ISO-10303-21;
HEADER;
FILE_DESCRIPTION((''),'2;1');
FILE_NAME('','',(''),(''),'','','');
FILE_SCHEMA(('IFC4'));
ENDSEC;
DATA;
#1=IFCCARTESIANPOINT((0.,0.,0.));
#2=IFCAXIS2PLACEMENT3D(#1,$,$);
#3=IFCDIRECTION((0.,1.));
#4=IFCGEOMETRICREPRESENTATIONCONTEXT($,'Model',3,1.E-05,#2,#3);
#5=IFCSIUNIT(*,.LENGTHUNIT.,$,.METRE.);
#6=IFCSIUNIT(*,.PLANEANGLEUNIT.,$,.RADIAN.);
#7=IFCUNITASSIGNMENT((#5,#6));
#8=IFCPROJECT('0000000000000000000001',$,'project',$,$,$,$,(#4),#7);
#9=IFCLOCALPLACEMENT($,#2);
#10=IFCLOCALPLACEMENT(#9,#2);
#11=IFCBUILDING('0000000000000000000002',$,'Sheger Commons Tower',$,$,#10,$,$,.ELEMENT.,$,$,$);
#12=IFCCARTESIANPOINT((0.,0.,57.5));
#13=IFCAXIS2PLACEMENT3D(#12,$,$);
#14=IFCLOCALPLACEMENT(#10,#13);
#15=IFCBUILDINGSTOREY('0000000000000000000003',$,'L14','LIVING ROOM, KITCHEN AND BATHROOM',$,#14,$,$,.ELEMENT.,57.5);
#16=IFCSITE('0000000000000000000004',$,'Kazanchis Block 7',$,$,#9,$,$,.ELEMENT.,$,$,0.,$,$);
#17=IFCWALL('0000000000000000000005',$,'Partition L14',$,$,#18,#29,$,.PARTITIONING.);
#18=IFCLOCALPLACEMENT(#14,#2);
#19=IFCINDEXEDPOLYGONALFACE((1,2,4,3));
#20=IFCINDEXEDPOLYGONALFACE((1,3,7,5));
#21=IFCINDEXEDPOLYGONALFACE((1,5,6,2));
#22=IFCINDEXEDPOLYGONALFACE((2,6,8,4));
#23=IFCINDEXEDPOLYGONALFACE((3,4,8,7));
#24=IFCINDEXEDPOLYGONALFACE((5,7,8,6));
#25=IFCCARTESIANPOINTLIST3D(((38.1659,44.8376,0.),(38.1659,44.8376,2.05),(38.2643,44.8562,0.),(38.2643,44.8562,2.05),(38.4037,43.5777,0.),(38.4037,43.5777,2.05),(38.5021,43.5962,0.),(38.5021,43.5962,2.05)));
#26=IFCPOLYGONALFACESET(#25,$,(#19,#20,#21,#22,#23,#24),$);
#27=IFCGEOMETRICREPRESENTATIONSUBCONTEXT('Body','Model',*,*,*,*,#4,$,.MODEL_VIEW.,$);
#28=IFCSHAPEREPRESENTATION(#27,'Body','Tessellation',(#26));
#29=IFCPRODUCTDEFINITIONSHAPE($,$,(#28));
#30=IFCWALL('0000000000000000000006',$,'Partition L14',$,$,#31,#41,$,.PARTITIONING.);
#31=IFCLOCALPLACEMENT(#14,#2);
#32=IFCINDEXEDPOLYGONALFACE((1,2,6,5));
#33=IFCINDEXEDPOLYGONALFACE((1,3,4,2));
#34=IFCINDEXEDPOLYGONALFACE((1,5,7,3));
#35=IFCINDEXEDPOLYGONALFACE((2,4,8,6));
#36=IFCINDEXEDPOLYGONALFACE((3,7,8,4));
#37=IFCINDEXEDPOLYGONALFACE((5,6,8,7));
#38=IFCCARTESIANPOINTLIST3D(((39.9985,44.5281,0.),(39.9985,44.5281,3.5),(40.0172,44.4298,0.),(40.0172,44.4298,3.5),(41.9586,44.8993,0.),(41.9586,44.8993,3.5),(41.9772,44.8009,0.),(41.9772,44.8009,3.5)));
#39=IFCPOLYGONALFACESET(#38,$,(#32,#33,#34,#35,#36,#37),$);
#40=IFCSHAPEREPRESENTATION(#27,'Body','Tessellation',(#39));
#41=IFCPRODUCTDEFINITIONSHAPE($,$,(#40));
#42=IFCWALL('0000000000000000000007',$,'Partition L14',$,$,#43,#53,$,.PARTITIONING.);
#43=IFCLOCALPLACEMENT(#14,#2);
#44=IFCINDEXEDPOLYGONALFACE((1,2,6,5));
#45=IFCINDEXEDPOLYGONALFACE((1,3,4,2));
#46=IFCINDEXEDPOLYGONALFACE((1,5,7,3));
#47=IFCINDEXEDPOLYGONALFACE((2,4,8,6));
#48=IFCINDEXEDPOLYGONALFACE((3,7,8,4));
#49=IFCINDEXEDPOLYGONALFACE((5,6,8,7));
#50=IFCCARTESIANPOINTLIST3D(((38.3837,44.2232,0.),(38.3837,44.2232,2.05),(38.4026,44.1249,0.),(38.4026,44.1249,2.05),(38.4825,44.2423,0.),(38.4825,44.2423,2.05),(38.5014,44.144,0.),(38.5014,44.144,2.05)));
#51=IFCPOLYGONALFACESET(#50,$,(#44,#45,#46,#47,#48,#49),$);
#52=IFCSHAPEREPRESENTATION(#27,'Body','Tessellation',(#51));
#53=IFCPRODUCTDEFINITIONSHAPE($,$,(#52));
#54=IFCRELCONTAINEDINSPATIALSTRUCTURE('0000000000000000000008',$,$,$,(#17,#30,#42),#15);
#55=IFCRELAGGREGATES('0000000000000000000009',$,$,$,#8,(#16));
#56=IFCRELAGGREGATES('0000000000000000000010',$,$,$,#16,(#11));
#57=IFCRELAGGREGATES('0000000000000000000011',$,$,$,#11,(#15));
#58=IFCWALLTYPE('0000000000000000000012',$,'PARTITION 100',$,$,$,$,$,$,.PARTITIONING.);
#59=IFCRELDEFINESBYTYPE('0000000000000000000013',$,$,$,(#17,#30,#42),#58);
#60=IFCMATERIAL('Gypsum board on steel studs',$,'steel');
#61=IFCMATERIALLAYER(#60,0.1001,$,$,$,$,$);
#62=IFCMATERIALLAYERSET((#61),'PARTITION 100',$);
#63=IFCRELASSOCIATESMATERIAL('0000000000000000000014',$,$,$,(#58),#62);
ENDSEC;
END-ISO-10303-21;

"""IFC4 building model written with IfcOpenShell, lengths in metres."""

from ifc_helpers import new_model, si_unit, direction, frame, frame_2d, origin, place, context, subcontext, project, spatial, rectangle, extrude, material, layer, layer_set, type_object, element, save


model = new_model("IFC4")

# Units and contexts
model_context = context("Model", 3, precision=1e-05, world=origin(), true_north=direction((0.0, 1.0)))
body_context = subcontext(model_context, "Body", "Model", "MODEL_VIEW")
ifc_project = project(units=[si_unit("LENGTHUNIT", "METRE"), si_unit("PLANEANGLEUNIT", "RADIAN")], contexts=[model_context])

# Site, building, storey
site_placement = place(None, origin())
site = spatial("IfcSite", under=ifc_project, at=site_placement, Name="Kazanchis Block 7", CompositionType="ELEMENT", RefElevation=0.0)
building_placement = place(site_placement, origin())
building = spatial("IfcBuilding", under=site, at=building_placement, Name="Sheger Commons Tower", CompositionType="ELEMENT")
storey_placement = place(building_placement, frame((0.0, 0.0, 57.5)))
storey = spatial("IfcBuildingStorey", under=building, at=storey_placement, Name="L14", Description="LIVING ROOM, KITCHEN AND BATHROOM", CompositionType="ELEMENT", Elevation=57.5)

# Walls
ifc_material_1 = material(Name="Gypsum board on steel studs", Category="steel")
ifc_layer_1 = layer(ifc_material_1, 0.1001)
ifc_layer_set_1 = layer_set([ifc_layer_1], Name="PARTITION 100")
wall_type_1 = type_object("IfcWallType", Name="PARTITION 100", PredefinedType="PARTITIONING", material=ifc_layer_set_1)
wall_1_placement = place(storey_placement, frame((38.2151, 44.8469, 0.0), z_axis=(0.0, 0.0, 1.0), x_axis=(0.185449, -0.982654, 0.0)))
element("IfcWall", 1, at=wall_1_placement, inside=storey, type_object=wall_type_1, Name="Partition L14", PredefinedType="PARTITIONING", context=body_context, shape_type="SweptSolid", body=[
    extrude(rectangle(XDim=1.2822, YDim=0.1001, at=frame_2d((0.6411, 0.0))), origin(), (0.0, 0.0, 1.0), 2.05),
])
wall_2_placement = place(storey_placement, frame((41.968, 44.8501, 0.0), z_axis=(0.0, 0.0, 1.0), x_axis=(-0.982544, -0.186032, 0.0)))
element("IfcWall", 2, at=wall_2_placement, inside=storey, type_object=wall_type_1, Name="Partition L14", PredefinedType="PARTITIONING", context=body_context, shape_type="SweptSolid", body=[
    extrude(rectangle(XDim=1.9949, YDim=0.1001, at=frame_2d((0.9976, 0.0))), origin(), (0.0, 0.0, 1.0), 3.5),
])
wall_3_placement = place(storey_placement, frame((38.4919, 44.1931, 0.0), z_axis=(0.0, 0.0, 1.0), x_axis=(-0.981955, -0.189117, 0.0)))
element("IfcWall", 3, at=wall_3_placement, inside=storey, type_object=wall_type_1, Name="Partition L14", PredefinedType="PARTITIONING", context=body_context, shape_type="SweptSolid", body=[
    extrude(rectangle(XDim=0.1006, YDim=0.1001, at=frame_2d((0.0503, 0.0))), origin(), (0.0, 0.0, 1.0), 2.05),
])

save(model, "model.ifc")
